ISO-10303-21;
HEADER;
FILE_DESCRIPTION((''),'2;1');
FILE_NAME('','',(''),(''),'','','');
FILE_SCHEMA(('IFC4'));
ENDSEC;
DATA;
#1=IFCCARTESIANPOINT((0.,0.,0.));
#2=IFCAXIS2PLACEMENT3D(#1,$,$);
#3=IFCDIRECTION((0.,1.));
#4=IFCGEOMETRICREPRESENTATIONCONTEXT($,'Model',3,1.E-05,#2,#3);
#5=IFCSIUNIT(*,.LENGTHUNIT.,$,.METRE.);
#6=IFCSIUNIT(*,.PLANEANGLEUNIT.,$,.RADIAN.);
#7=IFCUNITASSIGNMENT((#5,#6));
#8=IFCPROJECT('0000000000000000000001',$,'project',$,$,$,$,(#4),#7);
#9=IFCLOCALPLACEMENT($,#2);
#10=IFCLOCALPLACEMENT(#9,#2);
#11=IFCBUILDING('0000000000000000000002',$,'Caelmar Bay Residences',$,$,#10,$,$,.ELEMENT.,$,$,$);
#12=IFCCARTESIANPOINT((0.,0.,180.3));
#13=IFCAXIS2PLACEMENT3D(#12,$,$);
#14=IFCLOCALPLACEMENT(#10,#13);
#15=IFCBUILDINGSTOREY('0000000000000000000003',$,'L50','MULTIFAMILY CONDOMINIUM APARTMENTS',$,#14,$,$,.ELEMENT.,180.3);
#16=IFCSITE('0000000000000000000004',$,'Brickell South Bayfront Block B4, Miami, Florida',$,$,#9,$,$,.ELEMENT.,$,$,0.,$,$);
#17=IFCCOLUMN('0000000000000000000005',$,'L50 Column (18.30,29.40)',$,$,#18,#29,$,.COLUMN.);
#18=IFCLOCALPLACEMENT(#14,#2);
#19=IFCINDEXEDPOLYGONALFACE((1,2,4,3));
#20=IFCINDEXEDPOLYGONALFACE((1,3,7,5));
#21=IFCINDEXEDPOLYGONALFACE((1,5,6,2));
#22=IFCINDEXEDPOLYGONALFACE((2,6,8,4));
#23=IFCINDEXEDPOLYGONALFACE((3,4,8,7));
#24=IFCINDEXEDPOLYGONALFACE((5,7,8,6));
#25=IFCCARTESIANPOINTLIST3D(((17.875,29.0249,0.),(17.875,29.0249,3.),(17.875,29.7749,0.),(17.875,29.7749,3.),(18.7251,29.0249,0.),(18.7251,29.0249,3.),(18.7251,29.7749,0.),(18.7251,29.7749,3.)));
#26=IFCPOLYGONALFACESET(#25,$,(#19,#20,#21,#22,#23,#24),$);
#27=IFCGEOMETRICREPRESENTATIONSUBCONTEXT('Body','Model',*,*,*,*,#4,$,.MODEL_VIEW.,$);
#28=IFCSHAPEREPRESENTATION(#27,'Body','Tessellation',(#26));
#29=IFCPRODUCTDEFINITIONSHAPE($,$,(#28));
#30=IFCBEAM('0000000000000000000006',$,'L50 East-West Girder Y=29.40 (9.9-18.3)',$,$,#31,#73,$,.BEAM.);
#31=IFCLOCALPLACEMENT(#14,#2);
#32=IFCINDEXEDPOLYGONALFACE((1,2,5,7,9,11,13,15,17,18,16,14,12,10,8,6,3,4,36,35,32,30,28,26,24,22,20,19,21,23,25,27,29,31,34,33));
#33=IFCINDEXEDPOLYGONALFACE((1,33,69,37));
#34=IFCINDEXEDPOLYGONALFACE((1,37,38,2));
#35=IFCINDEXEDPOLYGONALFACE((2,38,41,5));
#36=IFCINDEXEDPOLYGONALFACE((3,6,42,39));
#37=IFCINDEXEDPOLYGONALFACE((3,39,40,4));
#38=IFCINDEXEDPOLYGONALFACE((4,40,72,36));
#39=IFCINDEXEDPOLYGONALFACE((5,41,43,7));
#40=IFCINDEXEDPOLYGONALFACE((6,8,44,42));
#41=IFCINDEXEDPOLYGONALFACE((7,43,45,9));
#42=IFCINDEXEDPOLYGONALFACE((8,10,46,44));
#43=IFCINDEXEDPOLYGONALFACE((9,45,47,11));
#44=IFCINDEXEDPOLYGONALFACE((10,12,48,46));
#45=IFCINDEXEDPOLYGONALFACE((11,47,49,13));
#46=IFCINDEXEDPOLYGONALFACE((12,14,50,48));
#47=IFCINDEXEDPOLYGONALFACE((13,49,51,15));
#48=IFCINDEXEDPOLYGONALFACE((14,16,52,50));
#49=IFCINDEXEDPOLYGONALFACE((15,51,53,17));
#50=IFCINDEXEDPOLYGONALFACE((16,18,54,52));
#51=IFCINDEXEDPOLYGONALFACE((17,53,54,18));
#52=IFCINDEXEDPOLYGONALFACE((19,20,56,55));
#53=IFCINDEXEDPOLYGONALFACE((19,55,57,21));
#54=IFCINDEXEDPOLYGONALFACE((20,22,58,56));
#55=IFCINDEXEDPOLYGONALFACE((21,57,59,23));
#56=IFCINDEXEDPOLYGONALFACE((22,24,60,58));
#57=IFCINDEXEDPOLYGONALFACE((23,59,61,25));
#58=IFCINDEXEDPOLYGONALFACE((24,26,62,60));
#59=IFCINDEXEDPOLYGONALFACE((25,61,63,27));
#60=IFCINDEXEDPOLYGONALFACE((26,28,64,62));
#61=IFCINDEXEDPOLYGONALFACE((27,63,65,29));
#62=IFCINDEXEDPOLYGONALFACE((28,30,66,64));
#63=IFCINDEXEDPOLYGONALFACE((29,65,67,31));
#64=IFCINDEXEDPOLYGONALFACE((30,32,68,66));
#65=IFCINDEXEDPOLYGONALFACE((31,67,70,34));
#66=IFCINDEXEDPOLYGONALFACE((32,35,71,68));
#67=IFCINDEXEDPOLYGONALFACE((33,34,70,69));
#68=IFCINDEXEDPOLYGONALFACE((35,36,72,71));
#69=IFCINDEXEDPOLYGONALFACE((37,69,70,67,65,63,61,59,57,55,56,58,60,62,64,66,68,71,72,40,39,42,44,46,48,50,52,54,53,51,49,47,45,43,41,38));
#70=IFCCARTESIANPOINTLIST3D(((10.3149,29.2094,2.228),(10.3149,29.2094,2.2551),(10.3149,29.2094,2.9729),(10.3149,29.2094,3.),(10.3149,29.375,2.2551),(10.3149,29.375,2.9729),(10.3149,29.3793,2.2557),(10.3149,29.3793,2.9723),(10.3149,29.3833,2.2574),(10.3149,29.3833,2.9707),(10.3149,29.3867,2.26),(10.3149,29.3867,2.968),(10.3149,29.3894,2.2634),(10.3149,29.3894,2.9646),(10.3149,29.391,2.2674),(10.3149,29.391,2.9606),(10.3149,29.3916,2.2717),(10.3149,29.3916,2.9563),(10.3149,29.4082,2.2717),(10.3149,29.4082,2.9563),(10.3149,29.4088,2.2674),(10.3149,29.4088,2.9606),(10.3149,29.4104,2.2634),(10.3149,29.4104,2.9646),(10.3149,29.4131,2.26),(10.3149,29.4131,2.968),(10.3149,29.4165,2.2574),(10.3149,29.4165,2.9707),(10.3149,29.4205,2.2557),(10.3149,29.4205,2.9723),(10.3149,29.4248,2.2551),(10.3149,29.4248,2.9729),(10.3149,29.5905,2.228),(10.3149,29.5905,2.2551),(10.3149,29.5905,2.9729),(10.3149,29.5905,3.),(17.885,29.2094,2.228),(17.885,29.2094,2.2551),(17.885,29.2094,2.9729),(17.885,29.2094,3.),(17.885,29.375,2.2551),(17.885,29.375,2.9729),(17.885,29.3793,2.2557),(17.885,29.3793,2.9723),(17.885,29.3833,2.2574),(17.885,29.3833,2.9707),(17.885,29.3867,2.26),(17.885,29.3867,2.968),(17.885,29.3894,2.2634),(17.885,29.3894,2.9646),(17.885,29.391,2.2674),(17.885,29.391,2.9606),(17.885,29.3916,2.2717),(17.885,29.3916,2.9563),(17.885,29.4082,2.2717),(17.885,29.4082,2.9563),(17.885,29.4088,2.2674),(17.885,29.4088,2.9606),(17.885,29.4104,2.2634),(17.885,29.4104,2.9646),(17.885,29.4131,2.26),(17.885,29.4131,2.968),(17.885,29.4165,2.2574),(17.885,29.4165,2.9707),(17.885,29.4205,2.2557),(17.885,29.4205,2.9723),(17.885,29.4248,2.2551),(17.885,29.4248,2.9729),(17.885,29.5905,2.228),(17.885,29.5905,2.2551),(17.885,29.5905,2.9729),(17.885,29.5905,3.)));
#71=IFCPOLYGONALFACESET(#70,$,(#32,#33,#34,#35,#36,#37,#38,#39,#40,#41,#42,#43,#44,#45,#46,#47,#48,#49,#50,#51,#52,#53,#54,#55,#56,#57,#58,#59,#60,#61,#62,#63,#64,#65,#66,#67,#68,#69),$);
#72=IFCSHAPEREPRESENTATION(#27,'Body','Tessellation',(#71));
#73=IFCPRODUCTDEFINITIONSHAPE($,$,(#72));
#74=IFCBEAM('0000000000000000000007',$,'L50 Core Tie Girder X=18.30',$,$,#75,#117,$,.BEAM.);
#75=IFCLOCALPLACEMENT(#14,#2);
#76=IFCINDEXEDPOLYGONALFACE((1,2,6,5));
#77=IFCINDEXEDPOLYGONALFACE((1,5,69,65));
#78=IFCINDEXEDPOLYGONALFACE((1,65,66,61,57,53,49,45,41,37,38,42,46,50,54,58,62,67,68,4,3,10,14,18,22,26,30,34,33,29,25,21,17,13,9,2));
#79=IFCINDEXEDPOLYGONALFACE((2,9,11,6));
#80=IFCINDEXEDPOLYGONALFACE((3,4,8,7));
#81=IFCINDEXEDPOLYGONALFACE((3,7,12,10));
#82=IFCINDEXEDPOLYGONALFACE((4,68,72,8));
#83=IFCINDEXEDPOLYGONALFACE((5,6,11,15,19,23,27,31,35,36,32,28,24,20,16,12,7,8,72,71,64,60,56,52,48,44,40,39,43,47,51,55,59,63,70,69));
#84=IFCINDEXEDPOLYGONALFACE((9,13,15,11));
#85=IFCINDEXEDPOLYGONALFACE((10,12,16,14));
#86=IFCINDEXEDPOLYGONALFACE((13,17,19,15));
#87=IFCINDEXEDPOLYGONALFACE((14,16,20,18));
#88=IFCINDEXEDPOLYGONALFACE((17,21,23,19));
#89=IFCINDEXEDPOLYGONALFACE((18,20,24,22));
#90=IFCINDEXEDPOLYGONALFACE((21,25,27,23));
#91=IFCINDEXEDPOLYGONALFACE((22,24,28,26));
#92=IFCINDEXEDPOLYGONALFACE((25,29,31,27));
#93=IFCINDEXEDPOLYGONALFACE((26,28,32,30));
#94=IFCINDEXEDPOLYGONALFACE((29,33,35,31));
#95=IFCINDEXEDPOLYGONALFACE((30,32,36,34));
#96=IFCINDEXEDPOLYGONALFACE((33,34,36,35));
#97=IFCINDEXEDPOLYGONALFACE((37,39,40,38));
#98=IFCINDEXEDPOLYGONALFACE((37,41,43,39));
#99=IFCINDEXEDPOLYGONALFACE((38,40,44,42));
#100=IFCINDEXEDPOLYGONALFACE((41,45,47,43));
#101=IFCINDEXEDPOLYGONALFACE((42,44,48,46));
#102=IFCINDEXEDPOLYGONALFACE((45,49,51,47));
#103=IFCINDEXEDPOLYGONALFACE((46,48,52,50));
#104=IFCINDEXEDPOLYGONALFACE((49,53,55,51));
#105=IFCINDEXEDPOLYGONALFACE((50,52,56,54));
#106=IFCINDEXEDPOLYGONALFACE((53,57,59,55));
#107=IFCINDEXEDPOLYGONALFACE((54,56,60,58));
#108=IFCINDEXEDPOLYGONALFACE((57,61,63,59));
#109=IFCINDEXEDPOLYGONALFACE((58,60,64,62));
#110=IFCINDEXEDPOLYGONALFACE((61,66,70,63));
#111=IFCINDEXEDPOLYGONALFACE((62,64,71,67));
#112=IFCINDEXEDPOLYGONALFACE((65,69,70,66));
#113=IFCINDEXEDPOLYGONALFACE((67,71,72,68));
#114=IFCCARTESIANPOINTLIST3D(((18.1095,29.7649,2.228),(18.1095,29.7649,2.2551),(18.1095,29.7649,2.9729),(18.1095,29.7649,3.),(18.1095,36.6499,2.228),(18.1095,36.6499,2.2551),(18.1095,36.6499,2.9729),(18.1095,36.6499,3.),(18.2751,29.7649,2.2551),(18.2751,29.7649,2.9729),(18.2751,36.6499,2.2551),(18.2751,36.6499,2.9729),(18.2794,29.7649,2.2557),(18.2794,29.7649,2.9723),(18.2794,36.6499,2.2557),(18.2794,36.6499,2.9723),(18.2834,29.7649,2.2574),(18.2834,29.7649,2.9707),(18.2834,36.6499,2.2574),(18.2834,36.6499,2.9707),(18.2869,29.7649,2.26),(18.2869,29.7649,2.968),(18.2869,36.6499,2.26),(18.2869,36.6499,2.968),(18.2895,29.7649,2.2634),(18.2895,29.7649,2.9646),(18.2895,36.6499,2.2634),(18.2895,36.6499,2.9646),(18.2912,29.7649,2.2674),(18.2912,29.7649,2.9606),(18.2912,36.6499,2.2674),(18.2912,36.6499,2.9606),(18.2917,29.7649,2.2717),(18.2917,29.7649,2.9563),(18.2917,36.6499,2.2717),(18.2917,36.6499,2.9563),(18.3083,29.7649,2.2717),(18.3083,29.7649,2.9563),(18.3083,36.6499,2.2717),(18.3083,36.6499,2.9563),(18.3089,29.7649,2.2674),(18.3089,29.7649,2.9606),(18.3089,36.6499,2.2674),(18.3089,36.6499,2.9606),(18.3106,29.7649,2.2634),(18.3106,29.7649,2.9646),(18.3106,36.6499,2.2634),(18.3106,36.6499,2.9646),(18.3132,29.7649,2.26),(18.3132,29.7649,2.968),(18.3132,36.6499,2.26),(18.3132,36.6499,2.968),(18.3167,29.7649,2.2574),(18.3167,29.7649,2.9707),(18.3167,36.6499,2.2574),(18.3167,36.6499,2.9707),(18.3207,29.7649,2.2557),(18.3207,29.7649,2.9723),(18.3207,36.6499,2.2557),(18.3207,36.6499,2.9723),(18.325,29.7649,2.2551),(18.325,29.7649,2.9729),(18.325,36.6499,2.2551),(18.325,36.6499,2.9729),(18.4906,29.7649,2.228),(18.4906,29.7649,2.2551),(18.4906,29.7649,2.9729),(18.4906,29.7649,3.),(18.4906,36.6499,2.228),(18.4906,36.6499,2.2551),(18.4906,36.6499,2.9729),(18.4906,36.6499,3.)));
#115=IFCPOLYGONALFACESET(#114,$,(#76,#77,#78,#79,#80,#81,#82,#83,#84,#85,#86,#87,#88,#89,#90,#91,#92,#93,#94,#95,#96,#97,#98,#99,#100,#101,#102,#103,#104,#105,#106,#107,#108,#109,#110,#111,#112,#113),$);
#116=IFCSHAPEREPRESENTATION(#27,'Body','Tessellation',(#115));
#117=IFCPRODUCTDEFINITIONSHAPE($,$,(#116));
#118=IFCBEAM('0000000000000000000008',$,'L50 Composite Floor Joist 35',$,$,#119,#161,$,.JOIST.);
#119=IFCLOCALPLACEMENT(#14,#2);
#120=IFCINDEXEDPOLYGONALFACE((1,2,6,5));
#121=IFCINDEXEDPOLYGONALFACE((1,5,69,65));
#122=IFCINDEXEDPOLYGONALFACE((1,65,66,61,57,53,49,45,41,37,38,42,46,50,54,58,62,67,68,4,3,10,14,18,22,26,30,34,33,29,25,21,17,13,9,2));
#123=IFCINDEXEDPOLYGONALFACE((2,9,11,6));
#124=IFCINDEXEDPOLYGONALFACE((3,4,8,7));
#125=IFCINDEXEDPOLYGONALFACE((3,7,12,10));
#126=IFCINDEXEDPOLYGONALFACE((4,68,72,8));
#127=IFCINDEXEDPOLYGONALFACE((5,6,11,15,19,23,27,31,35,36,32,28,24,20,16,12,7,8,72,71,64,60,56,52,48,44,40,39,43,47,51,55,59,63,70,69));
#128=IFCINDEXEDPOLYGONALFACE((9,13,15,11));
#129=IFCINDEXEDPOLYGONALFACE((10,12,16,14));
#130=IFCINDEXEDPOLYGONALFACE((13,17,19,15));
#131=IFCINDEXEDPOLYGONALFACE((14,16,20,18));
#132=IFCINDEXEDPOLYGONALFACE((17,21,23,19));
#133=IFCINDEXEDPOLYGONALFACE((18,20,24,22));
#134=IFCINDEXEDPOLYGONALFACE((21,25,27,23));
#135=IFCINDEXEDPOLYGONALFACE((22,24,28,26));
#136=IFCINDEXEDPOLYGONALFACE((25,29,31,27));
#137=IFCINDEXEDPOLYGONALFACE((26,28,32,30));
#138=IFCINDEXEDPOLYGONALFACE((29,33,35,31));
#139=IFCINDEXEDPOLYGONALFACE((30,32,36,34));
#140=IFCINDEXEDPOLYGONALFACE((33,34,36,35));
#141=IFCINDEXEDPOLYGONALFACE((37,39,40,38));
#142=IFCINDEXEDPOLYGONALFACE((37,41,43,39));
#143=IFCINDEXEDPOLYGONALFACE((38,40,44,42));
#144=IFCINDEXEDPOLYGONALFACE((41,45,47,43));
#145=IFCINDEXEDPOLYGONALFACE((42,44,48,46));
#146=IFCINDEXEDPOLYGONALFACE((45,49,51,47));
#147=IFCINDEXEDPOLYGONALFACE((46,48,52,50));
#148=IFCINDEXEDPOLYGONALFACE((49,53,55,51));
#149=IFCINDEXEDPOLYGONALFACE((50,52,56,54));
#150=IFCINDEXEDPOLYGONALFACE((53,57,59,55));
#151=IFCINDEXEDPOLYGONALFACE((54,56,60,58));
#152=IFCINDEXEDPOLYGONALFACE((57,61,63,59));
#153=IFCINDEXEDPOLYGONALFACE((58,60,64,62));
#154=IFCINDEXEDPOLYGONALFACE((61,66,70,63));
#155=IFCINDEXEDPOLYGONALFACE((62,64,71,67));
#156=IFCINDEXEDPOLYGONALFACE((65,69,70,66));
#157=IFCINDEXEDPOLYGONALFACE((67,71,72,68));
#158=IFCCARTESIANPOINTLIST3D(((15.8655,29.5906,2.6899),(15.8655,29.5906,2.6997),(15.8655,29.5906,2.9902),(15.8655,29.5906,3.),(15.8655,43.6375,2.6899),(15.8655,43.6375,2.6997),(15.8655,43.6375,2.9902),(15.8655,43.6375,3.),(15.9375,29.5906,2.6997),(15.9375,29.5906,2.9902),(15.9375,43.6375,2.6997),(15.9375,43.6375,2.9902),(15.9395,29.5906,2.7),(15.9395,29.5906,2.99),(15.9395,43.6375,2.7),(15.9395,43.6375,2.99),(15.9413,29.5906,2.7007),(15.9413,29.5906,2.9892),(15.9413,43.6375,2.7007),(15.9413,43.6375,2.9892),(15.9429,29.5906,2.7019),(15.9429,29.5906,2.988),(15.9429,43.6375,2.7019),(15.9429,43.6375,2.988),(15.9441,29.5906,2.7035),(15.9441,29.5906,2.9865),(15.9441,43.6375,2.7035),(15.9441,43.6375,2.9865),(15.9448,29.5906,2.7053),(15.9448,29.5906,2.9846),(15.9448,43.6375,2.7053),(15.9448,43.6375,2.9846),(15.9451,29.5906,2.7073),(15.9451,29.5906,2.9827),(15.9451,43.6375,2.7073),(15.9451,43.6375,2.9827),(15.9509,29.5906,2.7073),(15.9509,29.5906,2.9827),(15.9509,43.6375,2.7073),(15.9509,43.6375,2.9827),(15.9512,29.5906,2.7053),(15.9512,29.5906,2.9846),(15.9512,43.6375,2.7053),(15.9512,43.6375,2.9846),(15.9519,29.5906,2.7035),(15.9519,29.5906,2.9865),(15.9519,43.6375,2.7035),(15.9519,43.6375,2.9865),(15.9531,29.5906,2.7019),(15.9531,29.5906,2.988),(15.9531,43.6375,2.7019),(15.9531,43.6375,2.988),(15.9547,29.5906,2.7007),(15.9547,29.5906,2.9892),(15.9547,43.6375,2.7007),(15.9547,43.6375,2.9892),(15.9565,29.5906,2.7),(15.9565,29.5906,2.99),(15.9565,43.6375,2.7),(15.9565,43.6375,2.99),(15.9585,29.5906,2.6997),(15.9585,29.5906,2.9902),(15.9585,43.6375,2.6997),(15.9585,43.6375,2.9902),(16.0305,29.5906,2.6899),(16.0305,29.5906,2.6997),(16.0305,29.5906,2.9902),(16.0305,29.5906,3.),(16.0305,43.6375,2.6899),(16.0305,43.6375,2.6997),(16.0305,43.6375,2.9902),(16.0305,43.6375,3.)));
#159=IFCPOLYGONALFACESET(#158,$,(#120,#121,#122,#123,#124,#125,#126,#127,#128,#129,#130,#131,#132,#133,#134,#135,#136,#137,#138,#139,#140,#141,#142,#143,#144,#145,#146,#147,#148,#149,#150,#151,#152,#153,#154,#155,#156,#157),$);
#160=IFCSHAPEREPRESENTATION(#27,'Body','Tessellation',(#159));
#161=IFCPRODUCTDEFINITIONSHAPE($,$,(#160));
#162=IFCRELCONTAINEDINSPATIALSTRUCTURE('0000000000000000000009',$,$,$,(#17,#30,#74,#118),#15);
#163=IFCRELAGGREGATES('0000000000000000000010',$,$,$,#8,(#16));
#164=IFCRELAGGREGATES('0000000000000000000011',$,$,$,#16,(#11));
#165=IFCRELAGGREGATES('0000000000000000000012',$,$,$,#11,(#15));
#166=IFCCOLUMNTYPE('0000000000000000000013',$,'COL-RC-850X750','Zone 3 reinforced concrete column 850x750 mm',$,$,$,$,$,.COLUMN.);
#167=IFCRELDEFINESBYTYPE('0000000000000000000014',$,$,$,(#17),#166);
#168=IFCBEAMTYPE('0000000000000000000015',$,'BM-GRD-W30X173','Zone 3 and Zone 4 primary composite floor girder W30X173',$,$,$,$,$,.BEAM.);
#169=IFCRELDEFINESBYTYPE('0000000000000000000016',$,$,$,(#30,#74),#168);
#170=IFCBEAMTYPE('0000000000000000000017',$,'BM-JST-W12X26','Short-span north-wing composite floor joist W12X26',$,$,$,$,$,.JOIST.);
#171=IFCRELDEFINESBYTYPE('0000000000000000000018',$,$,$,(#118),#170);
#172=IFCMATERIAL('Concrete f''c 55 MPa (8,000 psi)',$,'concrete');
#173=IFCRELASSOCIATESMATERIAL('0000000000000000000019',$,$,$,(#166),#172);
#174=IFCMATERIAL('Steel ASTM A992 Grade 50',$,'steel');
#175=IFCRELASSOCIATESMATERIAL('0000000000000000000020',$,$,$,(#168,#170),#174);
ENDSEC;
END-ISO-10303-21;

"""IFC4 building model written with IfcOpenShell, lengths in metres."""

from ifc_helpers import new_model, si_unit, direction, frame, origin, origin_2d, place, context, subcontext, project, spatial, rectangle, i_section, extrude, material, material_profile, profile_set, type_object, element, save


model = new_model("IFC4")

# Units and contexts
model_context = context("Model", 3, precision=1e-05, world=origin(), true_north=direction((0.0, 1.0)))
body_context = subcontext(model_context, "Body", "Model", "MODEL_VIEW")
ifc_project = project(units=[si_unit("LENGTHUNIT", "METRE"), si_unit("PLANEANGLEUNIT", "RADIAN")], contexts=[model_context])

# Site, building, storey
site_placement = place(None, origin())
site = spatial("IfcSite", under=ifc_project, at=site_placement, Name="Brickell South Bayfront Block B4, Miami, Florida", CompositionType="ELEMENT", RefElevation=0.0)
building_placement = place(site_placement, origin())
building = spatial("IfcBuilding", under=site, at=building_placement, Name="Caelmar Bay Residences", CompositionType="ELEMENT")
storey_placement = place(building_placement, frame((0.0, 0.0, 180.3)))
storey = spatial("IfcBuildingStorey", under=building, at=storey_placement, Name="L50", Description="MULTIFAMILY CONDOMINIUM APARTMENTS", CompositionType="ELEMENT", Elevation=180.3)

# Column
ifc_material_1 = material(Name="Concrete f'c 55 MPa (8,000 psi)", Category="concrete")
ifc_material_profile_1 = material_profile(ifc_material_1, rectangle(XDim=0.8501, YDim=0.75, at=origin_2d()), Name="RC-COL-850X750")
ifc_profile_set_1 = profile_set([ifc_material_profile_1], Name="Concrete f'c 55 MPa (8,000 psi)")
column_type = type_object("IfcColumnType", Name="COL-RC-850X750", Description="Zone 3 reinforced concrete column 850x750 mm", PredefinedType="COLUMN", material=ifc_profile_set_1)
column_placement = place(storey_placement, frame((18.3, 29.3999, 0.0), z_axis=(0.0, 0.0, 1.0), x_axis=(1.0, 0.0, 0.0)))
element("IfcColumn", 1, at=column_placement, inside=storey, type_object=column_type, Name="L50 Column (18.30,29.40)", PredefinedType="COLUMN", context=body_context, shape_type="SweptSolid", body=[
    extrude(rectangle(XDim=0.8501, YDim=0.75, at=origin_2d()), origin(), (0.0, 0.0, 1.0), 3.0),
])

# Beams
ifc_material_2 = material(Name="Steel ASTM A992 Grade 50", Category="steel")
ifc_material_profile_2 = material_profile(ifc_material_2, i_section(OverallWidth=0.3811, OverallDepth=0.772, WebThickness=0.0166, FlangeThickness=0.0271, FilletRadius=0.0166, at=origin_2d()), Name="W30X173")
ifc_profile_set_2 = profile_set([ifc_material_profile_2], Name="Steel ASTM A992 Grade 50")
beam_type_1 = type_object("IfcBeamType", Name="BM-GRD-W30X173", Description="Zone 3 and Zone 4 primary composite floor girder W30X173", PredefinedType="BEAM", material=ifc_profile_set_2)
beam_1_placement = place(storey_placement, frame((10.3149, 29.3999, 2.614), z_axis=(1.0, 0.0, 0.0), x_axis=(0.0, 1.0, 0.0)))
element("IfcBeam", 2, at=beam_1_placement, inside=storey, type_object=beam_type_1, Name="L50 East-West Girder Y=29.40 (9.9-18.3)", PredefinedType="BEAM", context=body_context, shape_type="SweptSolid", body=[
    extrude(i_section(OverallWidth=0.3811, OverallDepth=0.772, WebThickness=0.0166, FlangeThickness=0.0271, FilletRadius=0.0166, at=origin_2d()), origin(), (0.0, 0.0, 1.0), 7.5701),
])
beam_2_placement = place(storey_placement, frame((18.3, 29.7649, 2.614), z_axis=(0.0, 1.0, 0.0), x_axis=(-1.0, 0.0, 0.0)))
element("IfcBeam", 3, at=beam_2_placement, inside=storey, type_object=beam_type_1, Name="L50 Core Tie Girder X=18.30", PredefinedType="BEAM", context=body_context, shape_type="SweptSolid", body=[
    extrude(i_section(OverallWidth=0.3811, OverallDepth=0.772, WebThickness=0.0166, FlangeThickness=0.0271, FilletRadius=0.0166, at=origin_2d()), origin(), (0.0, 0.0, 1.0), 6.885),
])
ifc_material_profile_3 = material_profile(ifc_material_2, i_section(OverallWidth=0.165, OverallDepth=0.3101, WebThickness=0.0059, FlangeThickness=0.0098, FilletRadius=0.0076, at=origin_2d()), Name="W12X26")
ifc_profile_set_3 = profile_set([ifc_material_profile_3], Name="Steel ASTM A992 Grade 50")
beam_type_2 = type_object("IfcBeamType", Name="BM-JST-W12X26", Description="Short-span north-wing composite floor joist W12X26", PredefinedType="JOIST", material=ifc_profile_set_3)
beam_3_placement = place(storey_placement, frame((15.948, 29.5906, 2.845), z_axis=(0.0, 1.0, 0.0), x_axis=(-1.0, 0.0, 0.0)))
element("IfcBeam", 4, at=beam_3_placement, inside=storey, type_object=beam_type_2, Name="L50 Composite Floor Joist 35", PredefinedType="JOIST", context=body_context, shape_type="SweptSolid", body=[
    extrude(i_section(OverallWidth=0.165, OverallDepth=0.3101, WebThickness=0.0059, FlangeThickness=0.0098, FilletRadius=0.0076, at=origin_2d()), origin(), (0.0, 0.0, 1.0), 14.0469),
])

save(model, "model.ifc")
